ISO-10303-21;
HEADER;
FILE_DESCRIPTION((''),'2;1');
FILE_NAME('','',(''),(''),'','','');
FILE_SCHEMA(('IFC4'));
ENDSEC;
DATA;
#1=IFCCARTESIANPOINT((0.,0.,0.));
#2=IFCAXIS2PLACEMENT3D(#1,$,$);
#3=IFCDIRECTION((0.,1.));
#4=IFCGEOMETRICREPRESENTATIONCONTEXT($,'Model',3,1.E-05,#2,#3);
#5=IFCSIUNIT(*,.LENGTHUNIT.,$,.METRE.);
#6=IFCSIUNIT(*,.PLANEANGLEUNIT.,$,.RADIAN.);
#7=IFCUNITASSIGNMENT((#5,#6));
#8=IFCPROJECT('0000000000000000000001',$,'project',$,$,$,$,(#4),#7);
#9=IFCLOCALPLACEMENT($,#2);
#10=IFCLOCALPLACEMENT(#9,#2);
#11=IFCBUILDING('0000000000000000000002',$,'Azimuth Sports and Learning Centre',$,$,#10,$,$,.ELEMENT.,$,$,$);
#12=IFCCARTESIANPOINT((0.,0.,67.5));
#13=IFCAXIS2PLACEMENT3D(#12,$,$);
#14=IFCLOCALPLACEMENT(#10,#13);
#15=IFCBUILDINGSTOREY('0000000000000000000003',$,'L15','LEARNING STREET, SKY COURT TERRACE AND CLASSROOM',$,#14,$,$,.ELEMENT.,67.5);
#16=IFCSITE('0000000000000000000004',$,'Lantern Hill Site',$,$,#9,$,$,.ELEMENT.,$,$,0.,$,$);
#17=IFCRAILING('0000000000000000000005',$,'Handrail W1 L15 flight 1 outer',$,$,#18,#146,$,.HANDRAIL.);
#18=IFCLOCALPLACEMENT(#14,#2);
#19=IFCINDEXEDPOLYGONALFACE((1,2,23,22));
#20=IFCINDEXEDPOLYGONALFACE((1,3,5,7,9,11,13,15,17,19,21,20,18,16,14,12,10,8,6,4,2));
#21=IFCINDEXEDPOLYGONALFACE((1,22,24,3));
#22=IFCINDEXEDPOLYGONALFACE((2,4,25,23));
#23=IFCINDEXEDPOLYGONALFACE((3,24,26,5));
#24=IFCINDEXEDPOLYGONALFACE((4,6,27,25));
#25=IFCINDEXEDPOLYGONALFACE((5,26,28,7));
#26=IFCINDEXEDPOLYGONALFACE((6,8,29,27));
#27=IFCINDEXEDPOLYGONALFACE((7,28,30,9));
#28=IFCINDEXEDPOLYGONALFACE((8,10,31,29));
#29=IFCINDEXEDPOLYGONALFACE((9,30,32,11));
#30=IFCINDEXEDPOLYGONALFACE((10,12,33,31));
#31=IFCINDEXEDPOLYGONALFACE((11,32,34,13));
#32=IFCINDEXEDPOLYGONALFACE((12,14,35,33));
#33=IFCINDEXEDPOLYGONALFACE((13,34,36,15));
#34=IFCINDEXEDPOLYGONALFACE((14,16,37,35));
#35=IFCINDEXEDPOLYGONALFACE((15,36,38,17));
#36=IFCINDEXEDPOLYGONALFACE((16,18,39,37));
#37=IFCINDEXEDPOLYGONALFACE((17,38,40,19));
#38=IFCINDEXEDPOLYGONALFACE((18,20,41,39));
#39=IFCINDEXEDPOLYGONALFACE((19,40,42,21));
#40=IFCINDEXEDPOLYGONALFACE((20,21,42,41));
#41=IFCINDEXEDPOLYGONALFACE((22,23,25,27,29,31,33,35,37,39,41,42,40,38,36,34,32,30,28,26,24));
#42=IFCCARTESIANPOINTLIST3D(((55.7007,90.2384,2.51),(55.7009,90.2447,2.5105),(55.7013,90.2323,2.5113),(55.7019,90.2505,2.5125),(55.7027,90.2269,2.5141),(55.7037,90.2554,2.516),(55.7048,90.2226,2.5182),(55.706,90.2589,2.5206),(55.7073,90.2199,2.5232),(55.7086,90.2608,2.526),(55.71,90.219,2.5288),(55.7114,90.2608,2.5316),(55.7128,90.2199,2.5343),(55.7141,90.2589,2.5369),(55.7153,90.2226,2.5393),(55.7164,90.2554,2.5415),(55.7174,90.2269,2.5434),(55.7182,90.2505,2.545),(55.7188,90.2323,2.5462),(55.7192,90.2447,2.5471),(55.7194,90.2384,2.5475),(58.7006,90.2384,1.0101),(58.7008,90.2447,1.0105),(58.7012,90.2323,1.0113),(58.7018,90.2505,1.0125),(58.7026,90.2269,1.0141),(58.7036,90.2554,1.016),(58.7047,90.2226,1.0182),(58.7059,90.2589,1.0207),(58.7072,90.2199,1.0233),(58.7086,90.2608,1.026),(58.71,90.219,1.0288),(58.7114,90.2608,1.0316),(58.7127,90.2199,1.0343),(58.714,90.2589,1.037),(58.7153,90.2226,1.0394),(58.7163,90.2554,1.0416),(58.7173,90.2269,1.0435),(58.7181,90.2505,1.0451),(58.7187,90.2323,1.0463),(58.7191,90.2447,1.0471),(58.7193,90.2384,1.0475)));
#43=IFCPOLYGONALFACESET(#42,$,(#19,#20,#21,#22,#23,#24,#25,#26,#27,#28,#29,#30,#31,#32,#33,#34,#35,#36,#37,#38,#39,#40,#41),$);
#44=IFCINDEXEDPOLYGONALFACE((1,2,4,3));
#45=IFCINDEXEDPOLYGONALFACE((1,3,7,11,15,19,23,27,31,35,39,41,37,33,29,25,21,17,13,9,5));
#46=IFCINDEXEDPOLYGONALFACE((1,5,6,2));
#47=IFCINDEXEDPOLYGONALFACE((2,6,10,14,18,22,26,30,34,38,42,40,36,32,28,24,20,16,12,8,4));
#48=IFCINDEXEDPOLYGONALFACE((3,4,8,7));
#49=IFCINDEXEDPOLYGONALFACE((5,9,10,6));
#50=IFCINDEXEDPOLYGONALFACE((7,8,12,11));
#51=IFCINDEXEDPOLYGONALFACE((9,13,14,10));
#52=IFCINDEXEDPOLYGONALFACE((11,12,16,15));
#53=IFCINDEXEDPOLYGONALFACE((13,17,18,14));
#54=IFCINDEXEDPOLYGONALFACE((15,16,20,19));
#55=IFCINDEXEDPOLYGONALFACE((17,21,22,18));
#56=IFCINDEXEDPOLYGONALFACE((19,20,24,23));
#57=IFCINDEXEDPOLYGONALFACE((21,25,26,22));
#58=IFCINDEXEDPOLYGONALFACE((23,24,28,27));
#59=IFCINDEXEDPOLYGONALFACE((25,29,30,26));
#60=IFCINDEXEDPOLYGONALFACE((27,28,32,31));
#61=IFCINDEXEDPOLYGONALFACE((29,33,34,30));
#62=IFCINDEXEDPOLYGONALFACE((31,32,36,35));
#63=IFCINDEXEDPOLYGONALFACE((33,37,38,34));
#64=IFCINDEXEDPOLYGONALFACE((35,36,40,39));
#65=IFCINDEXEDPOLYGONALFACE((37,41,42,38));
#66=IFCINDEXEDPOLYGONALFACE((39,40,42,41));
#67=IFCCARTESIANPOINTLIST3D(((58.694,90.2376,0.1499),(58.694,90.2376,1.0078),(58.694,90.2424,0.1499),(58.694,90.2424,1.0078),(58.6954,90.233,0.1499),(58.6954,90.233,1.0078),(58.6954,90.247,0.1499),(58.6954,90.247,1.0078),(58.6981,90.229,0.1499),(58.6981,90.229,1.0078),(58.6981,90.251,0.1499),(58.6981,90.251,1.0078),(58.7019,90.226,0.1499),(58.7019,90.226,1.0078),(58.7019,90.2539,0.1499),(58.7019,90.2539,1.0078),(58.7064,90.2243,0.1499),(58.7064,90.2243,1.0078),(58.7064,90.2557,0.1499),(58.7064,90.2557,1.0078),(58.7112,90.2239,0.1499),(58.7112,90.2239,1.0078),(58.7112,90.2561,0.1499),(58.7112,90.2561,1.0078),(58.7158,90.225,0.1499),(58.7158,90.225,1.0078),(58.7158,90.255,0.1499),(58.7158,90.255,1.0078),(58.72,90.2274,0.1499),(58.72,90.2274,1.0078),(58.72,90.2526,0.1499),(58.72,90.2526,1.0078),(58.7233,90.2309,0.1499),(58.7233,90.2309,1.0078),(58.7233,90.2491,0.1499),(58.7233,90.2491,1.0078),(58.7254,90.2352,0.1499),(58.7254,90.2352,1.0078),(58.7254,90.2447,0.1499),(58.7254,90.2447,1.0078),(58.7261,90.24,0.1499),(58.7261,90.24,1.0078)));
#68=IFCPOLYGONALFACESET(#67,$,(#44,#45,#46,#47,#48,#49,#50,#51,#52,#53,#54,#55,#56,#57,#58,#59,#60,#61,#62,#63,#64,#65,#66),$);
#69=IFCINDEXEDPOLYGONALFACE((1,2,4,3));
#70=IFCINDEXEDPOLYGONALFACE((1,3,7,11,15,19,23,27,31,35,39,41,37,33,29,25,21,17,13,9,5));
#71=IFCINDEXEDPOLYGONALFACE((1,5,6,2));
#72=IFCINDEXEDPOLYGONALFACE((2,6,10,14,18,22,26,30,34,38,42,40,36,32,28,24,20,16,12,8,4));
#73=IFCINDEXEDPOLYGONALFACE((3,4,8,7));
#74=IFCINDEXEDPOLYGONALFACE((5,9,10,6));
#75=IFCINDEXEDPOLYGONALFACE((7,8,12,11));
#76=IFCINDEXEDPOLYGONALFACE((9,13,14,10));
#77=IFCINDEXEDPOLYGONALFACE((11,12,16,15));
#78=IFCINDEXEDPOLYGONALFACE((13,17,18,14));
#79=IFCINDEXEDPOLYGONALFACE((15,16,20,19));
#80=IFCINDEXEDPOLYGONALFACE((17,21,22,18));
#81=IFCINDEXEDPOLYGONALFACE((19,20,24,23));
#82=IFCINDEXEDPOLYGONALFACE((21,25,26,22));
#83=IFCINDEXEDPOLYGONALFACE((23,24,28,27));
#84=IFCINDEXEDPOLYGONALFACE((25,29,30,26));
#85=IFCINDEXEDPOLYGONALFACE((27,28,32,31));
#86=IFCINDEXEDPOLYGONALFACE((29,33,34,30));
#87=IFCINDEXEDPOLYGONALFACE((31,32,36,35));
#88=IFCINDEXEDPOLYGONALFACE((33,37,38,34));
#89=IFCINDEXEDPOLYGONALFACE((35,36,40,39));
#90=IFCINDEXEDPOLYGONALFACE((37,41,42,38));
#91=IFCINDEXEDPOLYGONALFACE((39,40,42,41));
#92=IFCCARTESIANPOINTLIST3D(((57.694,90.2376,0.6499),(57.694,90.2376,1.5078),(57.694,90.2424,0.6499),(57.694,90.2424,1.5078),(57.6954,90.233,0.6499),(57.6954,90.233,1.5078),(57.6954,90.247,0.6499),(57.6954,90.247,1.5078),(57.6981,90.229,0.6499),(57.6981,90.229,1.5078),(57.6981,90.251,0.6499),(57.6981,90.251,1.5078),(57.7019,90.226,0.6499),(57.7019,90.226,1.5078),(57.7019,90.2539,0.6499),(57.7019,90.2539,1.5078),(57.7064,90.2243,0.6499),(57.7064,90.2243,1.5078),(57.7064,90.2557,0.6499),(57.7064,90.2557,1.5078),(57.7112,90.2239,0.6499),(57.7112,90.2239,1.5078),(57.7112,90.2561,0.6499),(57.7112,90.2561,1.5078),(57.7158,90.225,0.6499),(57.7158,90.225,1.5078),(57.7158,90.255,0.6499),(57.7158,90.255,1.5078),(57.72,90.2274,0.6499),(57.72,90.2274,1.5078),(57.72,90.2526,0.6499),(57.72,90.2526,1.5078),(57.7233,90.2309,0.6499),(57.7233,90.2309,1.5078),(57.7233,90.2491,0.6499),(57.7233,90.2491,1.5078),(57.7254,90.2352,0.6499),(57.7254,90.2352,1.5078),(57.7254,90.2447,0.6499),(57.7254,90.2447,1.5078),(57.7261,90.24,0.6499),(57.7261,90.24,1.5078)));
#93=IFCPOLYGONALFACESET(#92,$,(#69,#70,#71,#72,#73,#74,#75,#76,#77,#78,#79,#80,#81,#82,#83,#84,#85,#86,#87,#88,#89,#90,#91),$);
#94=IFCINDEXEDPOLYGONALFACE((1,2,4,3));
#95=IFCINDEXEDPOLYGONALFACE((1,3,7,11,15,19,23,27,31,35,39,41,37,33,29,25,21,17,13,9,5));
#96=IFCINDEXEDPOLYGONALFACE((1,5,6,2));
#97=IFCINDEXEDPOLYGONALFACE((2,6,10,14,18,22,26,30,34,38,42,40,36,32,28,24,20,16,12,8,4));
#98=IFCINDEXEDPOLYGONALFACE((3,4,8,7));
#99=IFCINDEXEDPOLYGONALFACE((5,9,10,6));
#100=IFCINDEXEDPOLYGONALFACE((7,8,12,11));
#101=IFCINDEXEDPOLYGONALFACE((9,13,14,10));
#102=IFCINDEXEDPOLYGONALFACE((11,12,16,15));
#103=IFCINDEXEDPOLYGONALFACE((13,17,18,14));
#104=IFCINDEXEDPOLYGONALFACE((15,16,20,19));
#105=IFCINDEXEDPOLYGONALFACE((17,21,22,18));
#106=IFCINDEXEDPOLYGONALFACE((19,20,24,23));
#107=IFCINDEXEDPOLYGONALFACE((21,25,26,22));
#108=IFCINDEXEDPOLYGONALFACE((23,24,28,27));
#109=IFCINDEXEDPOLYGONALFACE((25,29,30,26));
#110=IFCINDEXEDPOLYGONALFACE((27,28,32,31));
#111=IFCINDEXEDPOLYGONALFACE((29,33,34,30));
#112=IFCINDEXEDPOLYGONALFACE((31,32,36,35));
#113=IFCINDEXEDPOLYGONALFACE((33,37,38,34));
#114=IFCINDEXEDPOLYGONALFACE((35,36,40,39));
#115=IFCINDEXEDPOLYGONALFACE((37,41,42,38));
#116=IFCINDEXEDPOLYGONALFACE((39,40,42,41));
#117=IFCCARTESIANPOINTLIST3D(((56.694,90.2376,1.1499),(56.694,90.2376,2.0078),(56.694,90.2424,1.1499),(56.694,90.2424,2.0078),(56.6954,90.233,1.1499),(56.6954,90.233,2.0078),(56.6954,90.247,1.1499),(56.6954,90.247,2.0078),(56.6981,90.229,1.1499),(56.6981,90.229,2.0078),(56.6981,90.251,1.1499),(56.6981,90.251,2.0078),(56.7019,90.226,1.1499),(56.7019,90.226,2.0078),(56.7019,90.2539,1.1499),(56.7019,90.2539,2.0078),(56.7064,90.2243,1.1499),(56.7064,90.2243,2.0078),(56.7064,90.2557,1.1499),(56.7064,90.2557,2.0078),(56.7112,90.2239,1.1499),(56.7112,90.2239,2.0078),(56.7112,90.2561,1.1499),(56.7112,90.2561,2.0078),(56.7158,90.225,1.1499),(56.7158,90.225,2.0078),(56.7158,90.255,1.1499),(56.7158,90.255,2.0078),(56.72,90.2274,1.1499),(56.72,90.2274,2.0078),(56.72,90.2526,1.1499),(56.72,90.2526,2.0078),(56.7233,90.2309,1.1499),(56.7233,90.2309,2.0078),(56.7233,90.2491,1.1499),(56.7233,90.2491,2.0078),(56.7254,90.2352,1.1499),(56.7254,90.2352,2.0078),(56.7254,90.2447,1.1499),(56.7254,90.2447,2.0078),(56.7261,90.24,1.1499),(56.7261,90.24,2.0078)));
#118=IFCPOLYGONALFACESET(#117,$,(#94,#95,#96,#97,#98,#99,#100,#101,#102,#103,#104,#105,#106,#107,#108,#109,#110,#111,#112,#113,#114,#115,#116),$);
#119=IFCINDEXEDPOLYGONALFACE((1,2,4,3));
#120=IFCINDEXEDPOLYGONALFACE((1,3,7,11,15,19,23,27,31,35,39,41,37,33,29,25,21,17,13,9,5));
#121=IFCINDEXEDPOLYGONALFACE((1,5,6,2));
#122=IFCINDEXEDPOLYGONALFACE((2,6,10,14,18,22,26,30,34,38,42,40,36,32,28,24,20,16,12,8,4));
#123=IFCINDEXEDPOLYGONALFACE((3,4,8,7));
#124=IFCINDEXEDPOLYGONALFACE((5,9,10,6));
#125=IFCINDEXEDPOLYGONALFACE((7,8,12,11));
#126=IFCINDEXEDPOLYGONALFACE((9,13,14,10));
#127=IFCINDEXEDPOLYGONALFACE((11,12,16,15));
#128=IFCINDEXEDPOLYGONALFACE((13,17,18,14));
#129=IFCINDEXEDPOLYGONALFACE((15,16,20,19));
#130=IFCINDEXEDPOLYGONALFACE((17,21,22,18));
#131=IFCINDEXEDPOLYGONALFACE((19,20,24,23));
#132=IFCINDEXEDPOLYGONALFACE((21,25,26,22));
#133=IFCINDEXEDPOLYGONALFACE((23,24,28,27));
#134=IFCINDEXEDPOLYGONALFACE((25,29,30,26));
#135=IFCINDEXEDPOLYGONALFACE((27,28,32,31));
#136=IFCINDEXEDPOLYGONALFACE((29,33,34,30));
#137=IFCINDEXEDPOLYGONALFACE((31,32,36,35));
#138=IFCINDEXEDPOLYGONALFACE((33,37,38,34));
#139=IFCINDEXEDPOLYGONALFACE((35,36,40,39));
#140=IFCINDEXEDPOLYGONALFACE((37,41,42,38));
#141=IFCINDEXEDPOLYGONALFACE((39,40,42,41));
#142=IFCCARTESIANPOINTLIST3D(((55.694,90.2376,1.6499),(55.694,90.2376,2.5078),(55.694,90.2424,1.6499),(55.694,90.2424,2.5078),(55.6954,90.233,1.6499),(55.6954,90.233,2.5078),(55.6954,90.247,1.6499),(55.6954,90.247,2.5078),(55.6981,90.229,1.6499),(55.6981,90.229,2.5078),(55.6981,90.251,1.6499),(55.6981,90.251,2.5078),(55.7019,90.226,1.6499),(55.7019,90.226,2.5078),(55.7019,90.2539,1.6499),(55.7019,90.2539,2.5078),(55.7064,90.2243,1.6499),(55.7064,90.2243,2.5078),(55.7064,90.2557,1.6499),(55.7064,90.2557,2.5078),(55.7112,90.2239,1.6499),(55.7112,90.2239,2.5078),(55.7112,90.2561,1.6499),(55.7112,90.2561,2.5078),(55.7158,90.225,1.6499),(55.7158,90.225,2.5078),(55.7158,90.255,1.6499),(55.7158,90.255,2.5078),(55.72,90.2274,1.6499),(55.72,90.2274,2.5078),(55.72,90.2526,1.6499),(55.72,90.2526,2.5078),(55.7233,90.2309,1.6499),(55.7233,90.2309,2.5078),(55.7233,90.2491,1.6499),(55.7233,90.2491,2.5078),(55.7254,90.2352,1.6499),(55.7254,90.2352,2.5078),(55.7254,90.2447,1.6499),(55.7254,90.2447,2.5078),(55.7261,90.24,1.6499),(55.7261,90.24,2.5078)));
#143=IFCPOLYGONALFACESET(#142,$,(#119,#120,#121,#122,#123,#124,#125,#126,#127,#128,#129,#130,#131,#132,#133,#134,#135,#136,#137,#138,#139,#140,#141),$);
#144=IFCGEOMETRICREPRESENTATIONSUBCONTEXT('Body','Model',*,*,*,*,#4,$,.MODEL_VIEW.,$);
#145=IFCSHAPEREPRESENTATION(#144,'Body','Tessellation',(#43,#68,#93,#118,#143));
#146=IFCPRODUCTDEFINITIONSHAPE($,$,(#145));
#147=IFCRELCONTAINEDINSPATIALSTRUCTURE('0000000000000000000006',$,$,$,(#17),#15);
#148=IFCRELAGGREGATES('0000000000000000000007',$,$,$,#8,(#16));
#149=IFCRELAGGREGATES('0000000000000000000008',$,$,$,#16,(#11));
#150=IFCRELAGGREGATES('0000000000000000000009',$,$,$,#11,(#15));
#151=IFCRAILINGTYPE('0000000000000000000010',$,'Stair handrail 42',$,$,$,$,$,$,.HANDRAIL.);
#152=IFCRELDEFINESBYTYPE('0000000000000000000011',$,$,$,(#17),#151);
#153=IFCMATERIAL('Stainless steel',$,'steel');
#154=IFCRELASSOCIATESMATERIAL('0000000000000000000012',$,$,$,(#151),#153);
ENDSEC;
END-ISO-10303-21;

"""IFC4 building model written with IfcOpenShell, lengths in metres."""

from ifc_helpers import new_model, si_unit, direction, frame, origin, origin_2d, place, context, subcontext, project, spatial, circle, extrude, material, type_object, element, save


model = new_model("IFC4")

# Units and contexts
model_context = context("Model", 3, precision=1e-05, world=origin(), true_north=direction((0.0, 1.0)))
body_context = subcontext(model_context, "Body", "Model", "MODEL_VIEW")
ifc_project = project(units=[si_unit("LENGTHUNIT", "METRE"), si_unit("PLANEANGLEUNIT", "RADIAN")], contexts=[model_context])

# Site, building, storey
site_placement = place(None, origin())
site = spatial("IfcSite", under=ifc_project, at=site_placement, Name="Lantern Hill Site", CompositionType="ELEMENT", RefElevation=0.0)
building_placement = place(site_placement, origin())
building = spatial("IfcBuilding", under=site, at=building_placement, Name="Azimuth Sports and Learning Centre", CompositionType="ELEMENT")
storey_placement = place(building_placement, frame((0.0, 0.0, 67.5)))
storey = spatial("IfcBuildingStorey", under=building, at=storey_placement, Name="L15", Description="LEARNING STREET, SKY COURT TERRACE AND CLASSROOM", CompositionType="ELEMENT", Elevation=67.5)

# Railing
ifc_material_1 = material(Name="Stainless steel", Category="steel")
railing_type_1 = type_object("IfcRailingType", Name="Stair handrail 42", PredefinedType="HANDRAIL", material=ifc_material_1)
for number, where, name in (
    (1, (58.71, 90.24, 0.1499), "Handrail W1 L15 flight 1 outer"),
):
    element("IfcRailing", number, at=place(storey_placement, frame(where)), inside=storey, type_object=railing_type_1, Name=name, PredefinedType="HANDRAIL", context=body_context, shape_type="SweptSolid", body=[
        extrude(circle(Radius=0.021, at=origin_2d()), frame((0.0, 0.0, 0.8789), z_axis=(-0.894427, 0.0, 0.447214), x_axis=(0.0, -1.0, 0.0)), (0.0, 0.0, 1.0), 3.354),
        extrude(circle(Radius=0.0161, at=origin_2d()), origin(), (0.0, 0.0, 1.0), 0.8579),
        extrude(circle(Radius=0.0161, at=origin_2d()), frame((-1.0, 0.0, 0.5)), (0.0, 0.0, 1.0), 0.8579),
        extrude(circle(Radius=0.0161, at=origin_2d()), frame((-2.0, 0.0, 1.0)), (0.0, 0.0, 1.0), 0.8579),
        extrude(circle(Radius=0.0161, at=origin_2d()), frame((-3.0, 0.0, 1.5)), (0.0, 0.0, 1.0), 0.8579),
    ])

save(model, "model.ifc")
